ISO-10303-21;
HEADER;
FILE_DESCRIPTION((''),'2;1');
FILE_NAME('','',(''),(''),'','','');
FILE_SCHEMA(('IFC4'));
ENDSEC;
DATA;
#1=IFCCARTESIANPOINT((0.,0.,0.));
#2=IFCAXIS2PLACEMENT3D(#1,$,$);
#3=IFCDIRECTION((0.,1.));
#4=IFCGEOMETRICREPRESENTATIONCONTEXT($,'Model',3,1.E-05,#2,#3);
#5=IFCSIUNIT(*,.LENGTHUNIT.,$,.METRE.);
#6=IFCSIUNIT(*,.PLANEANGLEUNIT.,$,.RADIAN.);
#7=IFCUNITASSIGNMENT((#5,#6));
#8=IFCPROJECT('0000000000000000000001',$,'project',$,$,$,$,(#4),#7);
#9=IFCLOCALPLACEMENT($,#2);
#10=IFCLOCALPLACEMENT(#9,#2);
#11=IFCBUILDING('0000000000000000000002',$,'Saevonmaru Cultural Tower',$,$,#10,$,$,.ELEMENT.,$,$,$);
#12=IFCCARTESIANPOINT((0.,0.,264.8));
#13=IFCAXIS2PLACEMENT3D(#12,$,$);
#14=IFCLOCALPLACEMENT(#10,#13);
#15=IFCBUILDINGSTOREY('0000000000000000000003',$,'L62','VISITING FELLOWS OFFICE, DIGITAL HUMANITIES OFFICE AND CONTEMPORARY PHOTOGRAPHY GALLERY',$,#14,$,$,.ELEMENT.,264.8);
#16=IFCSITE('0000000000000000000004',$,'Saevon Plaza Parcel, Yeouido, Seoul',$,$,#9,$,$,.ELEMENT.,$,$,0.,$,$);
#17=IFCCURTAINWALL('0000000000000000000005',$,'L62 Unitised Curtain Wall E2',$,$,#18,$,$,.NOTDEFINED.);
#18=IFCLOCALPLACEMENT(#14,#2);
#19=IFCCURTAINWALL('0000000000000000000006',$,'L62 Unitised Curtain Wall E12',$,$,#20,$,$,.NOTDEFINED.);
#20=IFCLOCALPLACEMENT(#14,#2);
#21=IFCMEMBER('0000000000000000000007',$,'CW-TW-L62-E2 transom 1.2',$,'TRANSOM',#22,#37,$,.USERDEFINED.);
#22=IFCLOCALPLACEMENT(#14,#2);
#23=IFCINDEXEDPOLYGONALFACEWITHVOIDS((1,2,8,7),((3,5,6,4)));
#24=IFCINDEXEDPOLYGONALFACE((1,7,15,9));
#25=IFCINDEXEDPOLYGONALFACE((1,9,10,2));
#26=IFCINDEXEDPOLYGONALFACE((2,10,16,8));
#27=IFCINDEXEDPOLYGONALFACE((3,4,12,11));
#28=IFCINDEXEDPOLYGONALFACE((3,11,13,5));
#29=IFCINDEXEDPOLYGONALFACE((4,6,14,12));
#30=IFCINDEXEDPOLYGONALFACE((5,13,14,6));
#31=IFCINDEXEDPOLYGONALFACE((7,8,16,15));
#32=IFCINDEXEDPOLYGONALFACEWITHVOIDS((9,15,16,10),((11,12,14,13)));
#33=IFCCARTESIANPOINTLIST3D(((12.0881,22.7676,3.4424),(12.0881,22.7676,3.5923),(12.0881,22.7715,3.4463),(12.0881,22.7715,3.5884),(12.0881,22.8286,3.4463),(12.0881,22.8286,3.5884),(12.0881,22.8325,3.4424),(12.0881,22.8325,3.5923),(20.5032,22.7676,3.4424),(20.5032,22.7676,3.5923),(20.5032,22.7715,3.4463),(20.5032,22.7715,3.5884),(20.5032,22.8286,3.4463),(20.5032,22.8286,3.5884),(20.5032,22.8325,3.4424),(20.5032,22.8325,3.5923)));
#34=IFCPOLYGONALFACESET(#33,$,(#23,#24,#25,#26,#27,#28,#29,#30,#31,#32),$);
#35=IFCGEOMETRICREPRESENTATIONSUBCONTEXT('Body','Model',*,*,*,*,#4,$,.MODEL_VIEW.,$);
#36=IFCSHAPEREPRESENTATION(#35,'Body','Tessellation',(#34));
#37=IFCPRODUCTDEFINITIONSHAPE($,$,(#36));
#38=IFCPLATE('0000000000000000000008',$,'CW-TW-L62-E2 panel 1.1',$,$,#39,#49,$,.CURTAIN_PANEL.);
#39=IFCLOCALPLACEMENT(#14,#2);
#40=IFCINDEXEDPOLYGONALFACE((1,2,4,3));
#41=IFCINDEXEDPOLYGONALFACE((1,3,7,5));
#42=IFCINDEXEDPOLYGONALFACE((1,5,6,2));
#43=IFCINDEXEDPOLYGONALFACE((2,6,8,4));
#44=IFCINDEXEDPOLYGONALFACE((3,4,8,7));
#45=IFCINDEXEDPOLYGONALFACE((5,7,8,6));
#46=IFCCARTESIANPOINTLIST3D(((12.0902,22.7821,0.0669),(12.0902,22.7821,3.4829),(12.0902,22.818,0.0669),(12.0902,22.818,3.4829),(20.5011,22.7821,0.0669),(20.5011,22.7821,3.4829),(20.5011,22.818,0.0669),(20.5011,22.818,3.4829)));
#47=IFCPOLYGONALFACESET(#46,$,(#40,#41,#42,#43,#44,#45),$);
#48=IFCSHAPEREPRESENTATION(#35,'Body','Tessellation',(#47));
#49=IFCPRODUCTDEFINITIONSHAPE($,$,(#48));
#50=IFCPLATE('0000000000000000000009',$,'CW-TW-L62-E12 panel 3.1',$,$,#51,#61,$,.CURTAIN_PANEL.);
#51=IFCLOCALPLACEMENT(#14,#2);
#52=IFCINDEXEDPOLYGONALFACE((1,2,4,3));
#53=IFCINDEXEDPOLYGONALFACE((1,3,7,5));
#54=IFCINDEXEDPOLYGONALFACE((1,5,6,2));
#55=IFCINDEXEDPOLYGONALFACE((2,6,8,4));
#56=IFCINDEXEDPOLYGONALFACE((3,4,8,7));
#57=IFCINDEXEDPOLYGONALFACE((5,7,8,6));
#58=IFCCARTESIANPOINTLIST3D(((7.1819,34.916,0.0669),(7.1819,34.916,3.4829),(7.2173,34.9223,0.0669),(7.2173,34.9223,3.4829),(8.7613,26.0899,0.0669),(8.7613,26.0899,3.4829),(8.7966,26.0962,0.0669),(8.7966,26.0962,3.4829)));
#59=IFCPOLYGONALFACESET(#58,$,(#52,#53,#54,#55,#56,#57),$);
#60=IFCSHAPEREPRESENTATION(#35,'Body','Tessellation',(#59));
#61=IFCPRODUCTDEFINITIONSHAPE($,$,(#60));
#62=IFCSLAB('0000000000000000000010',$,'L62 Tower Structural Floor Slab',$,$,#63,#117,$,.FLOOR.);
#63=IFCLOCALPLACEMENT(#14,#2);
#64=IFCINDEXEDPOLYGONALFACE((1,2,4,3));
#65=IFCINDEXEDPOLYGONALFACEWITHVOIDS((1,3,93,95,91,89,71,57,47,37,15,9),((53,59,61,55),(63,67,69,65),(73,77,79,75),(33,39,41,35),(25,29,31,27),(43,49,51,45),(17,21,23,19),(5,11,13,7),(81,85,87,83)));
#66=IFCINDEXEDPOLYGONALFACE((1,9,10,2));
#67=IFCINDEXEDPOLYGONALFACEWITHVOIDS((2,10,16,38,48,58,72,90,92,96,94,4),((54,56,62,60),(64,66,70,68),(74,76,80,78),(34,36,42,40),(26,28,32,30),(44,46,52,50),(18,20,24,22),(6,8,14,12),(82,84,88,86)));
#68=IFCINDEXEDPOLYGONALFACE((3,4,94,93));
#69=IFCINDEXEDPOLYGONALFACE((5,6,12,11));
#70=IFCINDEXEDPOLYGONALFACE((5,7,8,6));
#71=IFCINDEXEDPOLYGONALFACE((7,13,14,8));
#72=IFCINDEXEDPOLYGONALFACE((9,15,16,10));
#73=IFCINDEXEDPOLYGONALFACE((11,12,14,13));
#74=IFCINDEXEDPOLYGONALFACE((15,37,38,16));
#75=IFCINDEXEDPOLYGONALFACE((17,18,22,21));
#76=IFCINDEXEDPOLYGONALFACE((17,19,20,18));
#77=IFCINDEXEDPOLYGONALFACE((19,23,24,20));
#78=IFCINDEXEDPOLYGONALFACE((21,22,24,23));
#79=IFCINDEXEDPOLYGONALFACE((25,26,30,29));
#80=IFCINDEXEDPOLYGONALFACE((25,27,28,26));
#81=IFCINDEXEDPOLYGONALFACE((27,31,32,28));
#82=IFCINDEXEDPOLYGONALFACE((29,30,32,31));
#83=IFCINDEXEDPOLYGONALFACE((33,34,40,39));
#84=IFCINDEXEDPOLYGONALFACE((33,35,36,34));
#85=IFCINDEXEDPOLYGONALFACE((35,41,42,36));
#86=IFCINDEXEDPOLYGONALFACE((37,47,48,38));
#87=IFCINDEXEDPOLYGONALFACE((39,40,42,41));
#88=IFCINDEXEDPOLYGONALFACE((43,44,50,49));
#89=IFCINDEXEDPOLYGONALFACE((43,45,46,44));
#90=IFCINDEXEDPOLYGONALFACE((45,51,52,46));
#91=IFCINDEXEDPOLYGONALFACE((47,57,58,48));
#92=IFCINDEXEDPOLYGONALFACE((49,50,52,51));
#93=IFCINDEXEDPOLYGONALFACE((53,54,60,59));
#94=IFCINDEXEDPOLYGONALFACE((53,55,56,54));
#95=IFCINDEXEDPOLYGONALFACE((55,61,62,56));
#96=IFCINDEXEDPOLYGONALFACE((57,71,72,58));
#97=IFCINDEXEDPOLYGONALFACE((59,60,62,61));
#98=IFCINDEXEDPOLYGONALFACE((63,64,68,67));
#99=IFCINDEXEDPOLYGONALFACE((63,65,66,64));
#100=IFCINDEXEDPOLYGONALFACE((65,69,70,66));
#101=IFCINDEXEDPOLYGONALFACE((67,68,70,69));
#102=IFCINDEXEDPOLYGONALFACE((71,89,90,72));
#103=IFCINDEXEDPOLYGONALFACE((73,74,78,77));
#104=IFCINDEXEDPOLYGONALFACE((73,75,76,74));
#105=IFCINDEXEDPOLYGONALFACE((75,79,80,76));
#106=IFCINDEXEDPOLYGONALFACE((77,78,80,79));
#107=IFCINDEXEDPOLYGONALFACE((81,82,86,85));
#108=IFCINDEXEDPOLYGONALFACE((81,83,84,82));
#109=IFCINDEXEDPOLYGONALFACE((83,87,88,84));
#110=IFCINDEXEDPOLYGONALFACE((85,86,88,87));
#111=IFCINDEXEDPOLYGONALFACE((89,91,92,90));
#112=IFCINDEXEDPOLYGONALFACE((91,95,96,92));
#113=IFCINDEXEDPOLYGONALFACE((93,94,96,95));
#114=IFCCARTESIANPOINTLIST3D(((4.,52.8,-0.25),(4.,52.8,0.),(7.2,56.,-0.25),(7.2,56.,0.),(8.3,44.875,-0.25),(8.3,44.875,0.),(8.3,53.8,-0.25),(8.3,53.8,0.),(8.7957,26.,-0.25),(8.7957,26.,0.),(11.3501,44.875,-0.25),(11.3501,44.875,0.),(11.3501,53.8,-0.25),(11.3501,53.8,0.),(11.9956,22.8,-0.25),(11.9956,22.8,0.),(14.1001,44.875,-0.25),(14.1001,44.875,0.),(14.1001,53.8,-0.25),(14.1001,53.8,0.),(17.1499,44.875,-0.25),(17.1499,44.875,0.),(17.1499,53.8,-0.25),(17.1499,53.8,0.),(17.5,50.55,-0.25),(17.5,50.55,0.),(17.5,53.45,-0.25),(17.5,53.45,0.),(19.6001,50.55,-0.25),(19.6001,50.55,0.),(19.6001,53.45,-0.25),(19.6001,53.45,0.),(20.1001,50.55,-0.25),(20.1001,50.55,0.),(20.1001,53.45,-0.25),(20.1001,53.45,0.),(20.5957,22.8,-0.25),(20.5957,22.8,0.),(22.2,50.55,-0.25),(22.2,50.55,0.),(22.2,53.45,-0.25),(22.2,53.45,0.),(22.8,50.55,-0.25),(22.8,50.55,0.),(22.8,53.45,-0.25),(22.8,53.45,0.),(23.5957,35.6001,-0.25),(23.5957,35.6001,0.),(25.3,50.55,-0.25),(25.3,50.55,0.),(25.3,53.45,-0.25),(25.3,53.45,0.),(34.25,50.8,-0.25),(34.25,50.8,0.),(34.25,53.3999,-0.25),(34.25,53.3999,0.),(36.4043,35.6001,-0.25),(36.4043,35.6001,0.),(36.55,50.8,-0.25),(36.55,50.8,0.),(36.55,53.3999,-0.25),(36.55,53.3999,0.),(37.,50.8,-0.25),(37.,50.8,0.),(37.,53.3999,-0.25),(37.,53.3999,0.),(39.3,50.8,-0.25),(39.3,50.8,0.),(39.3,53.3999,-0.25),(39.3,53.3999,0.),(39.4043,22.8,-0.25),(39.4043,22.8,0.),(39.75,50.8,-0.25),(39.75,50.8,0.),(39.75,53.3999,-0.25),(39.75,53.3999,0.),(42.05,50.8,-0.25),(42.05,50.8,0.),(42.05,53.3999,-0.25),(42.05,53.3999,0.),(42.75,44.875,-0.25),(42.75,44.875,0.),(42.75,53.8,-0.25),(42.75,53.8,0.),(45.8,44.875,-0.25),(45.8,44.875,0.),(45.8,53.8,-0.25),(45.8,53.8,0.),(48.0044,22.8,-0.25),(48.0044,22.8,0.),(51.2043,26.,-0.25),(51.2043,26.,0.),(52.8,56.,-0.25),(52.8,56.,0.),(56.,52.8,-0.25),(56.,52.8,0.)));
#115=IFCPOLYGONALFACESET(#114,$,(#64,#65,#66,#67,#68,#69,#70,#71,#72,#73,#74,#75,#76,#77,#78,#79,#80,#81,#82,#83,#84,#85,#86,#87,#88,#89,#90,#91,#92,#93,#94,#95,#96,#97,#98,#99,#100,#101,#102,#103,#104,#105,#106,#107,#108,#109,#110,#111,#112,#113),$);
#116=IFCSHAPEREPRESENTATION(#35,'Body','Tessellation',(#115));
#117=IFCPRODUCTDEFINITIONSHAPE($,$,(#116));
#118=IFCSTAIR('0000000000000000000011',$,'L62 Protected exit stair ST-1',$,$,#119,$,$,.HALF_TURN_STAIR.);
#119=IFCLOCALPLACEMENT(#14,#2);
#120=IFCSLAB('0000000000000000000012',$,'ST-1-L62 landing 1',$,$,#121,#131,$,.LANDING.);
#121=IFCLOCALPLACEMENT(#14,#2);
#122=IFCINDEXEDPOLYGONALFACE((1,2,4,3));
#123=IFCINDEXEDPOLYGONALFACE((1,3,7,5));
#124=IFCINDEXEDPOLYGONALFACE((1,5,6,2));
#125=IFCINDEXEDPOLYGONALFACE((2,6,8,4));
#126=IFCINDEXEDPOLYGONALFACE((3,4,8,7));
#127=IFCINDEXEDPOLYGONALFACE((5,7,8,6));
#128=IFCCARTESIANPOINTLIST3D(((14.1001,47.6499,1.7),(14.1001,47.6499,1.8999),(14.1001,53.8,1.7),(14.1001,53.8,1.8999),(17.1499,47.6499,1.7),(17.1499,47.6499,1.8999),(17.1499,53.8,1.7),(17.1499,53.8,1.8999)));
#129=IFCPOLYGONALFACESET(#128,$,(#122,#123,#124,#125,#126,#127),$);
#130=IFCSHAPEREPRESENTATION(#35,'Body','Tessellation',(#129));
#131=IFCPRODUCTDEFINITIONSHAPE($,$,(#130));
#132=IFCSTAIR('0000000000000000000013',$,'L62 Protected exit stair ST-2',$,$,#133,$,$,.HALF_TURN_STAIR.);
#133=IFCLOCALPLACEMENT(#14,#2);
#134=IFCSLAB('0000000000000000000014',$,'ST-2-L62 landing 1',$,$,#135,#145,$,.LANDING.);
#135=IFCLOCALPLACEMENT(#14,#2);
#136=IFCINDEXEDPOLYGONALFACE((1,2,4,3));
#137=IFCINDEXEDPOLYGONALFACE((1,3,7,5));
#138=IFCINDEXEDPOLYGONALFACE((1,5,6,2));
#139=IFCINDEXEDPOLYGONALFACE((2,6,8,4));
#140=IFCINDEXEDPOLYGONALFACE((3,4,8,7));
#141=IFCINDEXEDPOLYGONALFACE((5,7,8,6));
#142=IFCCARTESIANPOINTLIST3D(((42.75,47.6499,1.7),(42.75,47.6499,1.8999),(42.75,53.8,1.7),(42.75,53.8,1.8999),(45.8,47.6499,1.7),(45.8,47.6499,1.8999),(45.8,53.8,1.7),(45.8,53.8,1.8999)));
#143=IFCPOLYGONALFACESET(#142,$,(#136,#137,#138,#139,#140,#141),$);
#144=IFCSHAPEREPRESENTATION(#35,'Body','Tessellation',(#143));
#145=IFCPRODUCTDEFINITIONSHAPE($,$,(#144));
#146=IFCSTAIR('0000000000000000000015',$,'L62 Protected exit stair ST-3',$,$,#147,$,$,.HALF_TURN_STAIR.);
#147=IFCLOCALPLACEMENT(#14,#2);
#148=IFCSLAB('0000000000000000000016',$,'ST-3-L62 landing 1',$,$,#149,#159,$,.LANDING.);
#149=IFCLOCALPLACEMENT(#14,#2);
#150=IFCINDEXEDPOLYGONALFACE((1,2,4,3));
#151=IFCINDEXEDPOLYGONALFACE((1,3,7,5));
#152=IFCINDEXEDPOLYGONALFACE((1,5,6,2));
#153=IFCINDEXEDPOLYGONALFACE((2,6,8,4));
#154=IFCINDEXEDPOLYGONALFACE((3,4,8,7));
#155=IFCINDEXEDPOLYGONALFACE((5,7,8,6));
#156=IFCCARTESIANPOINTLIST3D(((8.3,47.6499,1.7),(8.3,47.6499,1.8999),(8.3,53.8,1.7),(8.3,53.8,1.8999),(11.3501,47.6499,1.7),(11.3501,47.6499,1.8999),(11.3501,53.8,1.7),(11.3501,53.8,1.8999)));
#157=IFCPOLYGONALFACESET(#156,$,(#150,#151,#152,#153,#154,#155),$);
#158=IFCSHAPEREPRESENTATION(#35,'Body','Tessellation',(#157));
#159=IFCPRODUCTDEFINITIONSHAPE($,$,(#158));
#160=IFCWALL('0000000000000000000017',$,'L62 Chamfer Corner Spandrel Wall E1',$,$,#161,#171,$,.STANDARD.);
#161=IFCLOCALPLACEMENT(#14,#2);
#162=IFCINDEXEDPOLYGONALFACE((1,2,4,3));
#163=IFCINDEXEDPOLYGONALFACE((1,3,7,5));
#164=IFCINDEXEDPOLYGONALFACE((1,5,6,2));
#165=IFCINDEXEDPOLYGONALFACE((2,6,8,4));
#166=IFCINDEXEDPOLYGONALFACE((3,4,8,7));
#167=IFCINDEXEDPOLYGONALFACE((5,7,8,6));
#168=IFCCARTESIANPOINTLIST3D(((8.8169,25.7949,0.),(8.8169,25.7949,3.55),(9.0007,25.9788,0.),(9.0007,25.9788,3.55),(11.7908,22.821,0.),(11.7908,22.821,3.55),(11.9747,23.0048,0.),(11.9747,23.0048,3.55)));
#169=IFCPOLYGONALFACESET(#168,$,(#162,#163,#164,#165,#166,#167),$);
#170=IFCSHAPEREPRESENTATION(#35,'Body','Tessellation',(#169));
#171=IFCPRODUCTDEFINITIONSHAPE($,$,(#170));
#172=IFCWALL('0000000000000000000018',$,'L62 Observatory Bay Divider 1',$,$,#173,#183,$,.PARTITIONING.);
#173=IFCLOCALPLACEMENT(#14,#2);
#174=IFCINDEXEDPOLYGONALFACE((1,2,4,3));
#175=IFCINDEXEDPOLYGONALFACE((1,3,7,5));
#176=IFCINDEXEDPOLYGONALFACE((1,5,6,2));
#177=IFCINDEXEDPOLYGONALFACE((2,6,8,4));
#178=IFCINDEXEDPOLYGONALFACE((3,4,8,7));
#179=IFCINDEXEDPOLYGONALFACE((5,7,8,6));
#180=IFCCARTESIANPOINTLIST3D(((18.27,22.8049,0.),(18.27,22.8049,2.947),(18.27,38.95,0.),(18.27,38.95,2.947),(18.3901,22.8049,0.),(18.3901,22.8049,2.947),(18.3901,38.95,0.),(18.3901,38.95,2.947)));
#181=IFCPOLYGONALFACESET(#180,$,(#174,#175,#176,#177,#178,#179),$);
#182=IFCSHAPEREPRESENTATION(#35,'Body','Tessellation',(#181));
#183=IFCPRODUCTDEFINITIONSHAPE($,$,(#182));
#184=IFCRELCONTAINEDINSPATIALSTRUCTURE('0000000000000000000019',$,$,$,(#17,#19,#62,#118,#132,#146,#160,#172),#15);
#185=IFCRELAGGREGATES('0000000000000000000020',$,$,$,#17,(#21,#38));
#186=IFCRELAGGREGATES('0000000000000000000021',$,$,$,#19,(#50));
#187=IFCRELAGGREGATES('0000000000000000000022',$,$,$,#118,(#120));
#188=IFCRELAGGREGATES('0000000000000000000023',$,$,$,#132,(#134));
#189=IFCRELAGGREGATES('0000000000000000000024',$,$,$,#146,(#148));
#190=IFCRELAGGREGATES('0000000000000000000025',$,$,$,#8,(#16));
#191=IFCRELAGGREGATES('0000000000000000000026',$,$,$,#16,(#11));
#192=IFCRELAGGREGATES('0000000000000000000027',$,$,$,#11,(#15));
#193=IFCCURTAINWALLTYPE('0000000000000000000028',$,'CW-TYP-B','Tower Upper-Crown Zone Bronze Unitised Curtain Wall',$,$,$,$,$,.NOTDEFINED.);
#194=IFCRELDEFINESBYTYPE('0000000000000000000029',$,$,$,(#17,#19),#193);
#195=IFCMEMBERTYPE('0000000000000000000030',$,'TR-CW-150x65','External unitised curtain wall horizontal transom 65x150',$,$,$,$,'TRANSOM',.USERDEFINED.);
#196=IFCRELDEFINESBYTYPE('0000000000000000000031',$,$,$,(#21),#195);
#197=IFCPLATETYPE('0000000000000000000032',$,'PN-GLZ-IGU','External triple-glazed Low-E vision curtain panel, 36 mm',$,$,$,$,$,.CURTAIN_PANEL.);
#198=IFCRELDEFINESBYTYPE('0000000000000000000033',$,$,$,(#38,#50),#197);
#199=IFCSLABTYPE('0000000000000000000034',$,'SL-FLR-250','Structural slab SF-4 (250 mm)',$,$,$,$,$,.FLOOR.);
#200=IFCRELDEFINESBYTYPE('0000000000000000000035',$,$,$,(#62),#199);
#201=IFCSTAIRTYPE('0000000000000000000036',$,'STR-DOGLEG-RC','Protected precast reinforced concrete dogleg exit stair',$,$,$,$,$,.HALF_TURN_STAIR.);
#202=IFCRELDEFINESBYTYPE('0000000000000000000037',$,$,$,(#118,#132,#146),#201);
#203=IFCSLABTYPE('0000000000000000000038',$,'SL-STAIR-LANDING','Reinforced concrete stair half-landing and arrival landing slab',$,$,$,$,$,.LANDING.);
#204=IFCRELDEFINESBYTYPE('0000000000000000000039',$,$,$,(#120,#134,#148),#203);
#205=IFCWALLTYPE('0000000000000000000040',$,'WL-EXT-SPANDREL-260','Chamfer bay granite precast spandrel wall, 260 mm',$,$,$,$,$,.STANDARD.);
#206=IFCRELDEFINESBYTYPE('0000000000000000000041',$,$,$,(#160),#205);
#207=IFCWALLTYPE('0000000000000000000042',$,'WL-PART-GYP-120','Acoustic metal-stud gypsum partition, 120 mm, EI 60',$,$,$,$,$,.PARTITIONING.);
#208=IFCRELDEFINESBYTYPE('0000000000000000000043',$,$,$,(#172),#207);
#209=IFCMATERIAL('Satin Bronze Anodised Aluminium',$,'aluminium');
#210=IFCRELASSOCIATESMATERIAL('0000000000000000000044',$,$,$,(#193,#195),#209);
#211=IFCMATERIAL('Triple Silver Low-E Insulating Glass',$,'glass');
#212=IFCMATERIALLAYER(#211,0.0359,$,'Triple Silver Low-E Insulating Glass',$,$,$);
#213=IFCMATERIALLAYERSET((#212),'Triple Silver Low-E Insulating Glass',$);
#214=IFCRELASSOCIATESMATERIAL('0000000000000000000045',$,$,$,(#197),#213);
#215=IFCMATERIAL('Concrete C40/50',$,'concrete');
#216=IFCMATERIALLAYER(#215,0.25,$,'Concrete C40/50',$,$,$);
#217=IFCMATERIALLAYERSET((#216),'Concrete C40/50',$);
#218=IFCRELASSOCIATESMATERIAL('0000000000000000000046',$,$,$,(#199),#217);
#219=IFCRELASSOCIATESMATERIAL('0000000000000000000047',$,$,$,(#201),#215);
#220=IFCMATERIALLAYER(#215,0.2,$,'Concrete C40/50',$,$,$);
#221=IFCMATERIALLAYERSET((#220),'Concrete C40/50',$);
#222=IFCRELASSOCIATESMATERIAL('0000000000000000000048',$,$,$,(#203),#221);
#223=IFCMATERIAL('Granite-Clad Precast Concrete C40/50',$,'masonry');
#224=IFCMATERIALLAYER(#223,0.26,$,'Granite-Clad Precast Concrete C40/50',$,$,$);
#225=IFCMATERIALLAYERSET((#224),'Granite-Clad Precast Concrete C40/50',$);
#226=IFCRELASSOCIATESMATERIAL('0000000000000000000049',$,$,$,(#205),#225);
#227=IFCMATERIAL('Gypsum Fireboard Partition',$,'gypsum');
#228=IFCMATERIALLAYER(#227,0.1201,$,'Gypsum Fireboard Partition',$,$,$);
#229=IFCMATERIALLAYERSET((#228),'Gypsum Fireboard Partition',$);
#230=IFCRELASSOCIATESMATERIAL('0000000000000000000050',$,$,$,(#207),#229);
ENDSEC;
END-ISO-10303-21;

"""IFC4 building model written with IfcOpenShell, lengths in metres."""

from ifc_helpers import new_model, si_unit, direction, frame, frame_2d, origin, origin_2d, place, context, subcontext, project, spatial, polyline, rectangle, hollow_rectangle, outline, extrude, material, layer, layer_set, material_profile, profile_set, type_object, element, aggregate, save


model = new_model("IFC4")

# Units and contexts
model_context = context("Model", 3, precision=1e-05, world=origin(), true_north=direction((0.0, 1.0)))
body_context = subcontext(model_context, "Body", "Model", "MODEL_VIEW")
ifc_project = project(units=[si_unit("LENGTHUNIT", "METRE"), si_unit("PLANEANGLEUNIT", "RADIAN")], contexts=[model_context])

# Site, building, storey
site_placement = place(None, origin())
site = spatial("IfcSite", under=ifc_project, at=site_placement, Name="Saevon Plaza Parcel, Yeouido, Seoul", CompositionType="ELEMENT", RefElevation=0.0)
building_placement = place(site_placement, origin())
building = spatial("IfcBuilding", under=site, at=building_placement, Name="Saevonmaru Cultural Tower", CompositionType="ELEMENT")
storey_placement = place(building_placement, frame((0.0, 0.0, 264.8)))
storey = spatial("IfcBuildingStorey", under=building, at=storey_placement, Name="L62", Description="VISITING FELLOWS OFFICE, DIGITAL HUMANITIES OFFICE AND CONTEMPORARY PHOTOGRAPHY GALLERY", CompositionType="ELEMENT", Elevation=264.8)

# Curtain wall
ifc_material_1 = material(Name="Satin Bronze Anodised Aluminium", Category="aluminium")
curtain_wall_type = type_object("IfcCurtainWallType", Name="CW-TYP-B", Description="Tower Upper-Crown Zone Bronze Unitised Curtain Wall", PredefinedType="NOTDEFINED", material=ifc_material_1)
curtain_wall_1_placement = place(storey_placement, origin())
curtain_wall_1 = element("IfcCurtainWall", 1, at=curtain_wall_1_placement, inside=storey, type_object=curtain_wall_type, Name="L62 Unitised Curtain Wall E2", PredefinedType="NOTDEFINED")

# Curtain wall
curtain_wall_2_placement = place(storey_placement, origin())
curtain_wall_2 = element("IfcCurtainWall", 2, at=curtain_wall_2_placement, inside=storey, type_object=curtain_wall_type, Name="L62 Unitised Curtain Wall E12", PredefinedType="NOTDEFINED")

# Member
ifc_material_profile_1 = material_profile(ifc_material_1, hollow_rectangle(XDim=0.0649, YDim=0.1499, WallThickness=0.0039, at=origin_2d()), Name="ALU-TRAN-150x65x4")
ifc_profile_set_1 = profile_set([ifc_material_profile_1], Name="Satin Bronze Anodised Aluminium")
member_type_1 = type_object("IfcMemberType", Name="TR-CW-150x65", Description="External unitised curtain wall horizontal transom 65x150", ElementType="TRANSOM", PredefinedType="USERDEFINED", material=ifc_profile_set_1)
member_1_placement = place(storey_placement, frame((12.0881, 22.8, 3.5173), z_axis=(1.0, 0.0, 0.0), x_axis=(0.0, 1.0, 0.0)))
member_1 = element("IfcMember", 3, at=member_1_placement, type_object=member_type_1, Name="CW-TW-L62-E2 transom 1.2", ObjectType="TRANSOM", PredefinedType="USERDEFINED", context=body_context, shape_type="SweptSolid", body=[
    extrude(hollow_rectangle(XDim=0.0649, YDim=0.1499, WallThickness=0.0039, at=origin_2d()), origin(), (0.0, 0.0, 1.0), 8.415),
])

# Plates
ifc_material_2 = material(Name="Triple Silver Low-E Insulating Glass", Category="glass")
ifc_layer_1 = layer(ifc_material_2, 0.0359, Name="Triple Silver Low-E Insulating Glass")
ifc_layer_set_1 = layer_set([ifc_layer_1], Name="Triple Silver Low-E Insulating Glass")
plate_type = type_object("IfcPlateType", Name="PN-GLZ-IGU", Description="External triple-glazed Low-E vision curtain panel, 36 mm", PredefinedType="CURTAIN_PANEL", material=ifc_layer_set_1)
plate_1_placement = place(storey_placement, frame((16.2957, 22.8, 0.0669), z_axis=(0.0, 0.0, 1.0), x_axis=(1.0, 0.0, 0.0)))
plate_1 = element("IfcPlate", 4, at=plate_1_placement, type_object=plate_type, Name="CW-TW-L62-E2 panel 1.1", PredefinedType="CURTAIN_PANEL", context=body_context, shape_type="SweptSolid", body=[
    extrude(rectangle(XDim=8.4109, YDim=0.0359, at=origin_2d()), origin(), (0.0, 0.0, 1.0), 3.416),
])
aggregate(curtain_wall_1, [member_1, plate_1])
plate_2_placement = place(storey_placement, frame((7.9893, 30.5061, 0.0669), z_axis=(0.0, 0.0, 1.0), x_axis=(0.176141, -0.984365, 0.0)))
plate_2 = element("IfcPlate", 5, at=plate_2_placement, type_object=plate_type, Name="CW-TW-L62-E12 panel 3.1", PredefinedType="CURTAIN_PANEL", context=body_context, shape_type="SweptSolid", body=[
    extrude(rectangle(XDim=8.9663, YDim=0.0359, at=origin_2d()), origin(), (0.0, 0.0, 1.0), 3.416),
])
aggregate(curtain_wall_2, [plate_2])

# Slab
ifc_material_3 = material(Name="Concrete C40/50", Category="concrete")
ifc_layer_2 = layer(ifc_material_3, 0.25, Name="Concrete C40/50")
ifc_layer_set_2 = layer_set([ifc_layer_2], Name="Concrete C40/50")
slab_type_1 = type_object("IfcSlabType", Name="SL-FLR-250", Description="Structural slab SF-4 (250 mm)", PredefinedType="FLOOR", material=ifc_layer_set_2)
slab_1_placement = place(storey_placement, frame((0.0, 0.0, -0.25)))
element("IfcSlab", 6, at=slab_1_placement, inside=storey, type_object=slab_type_1, Name="L62 Tower Structural Floor Slab", PredefinedType="FLOOR", context=body_context, shape_type="SweptSolid", body=[
    extrude(outline(polyline([(8.7957, 26.0), (11.9956, 22.8), (20.5957, 22.8), (23.5957, 35.6001), (36.4043, 35.6001), (39.4043, 22.8), (48.0044, 22.8), (51.2043, 26.0), (56.0, 52.8), (52.8, 56.0), (7.2, 56.0), (4.0, 52.8), (8.7957, 26.0)]), holes=[polyline([(45.8, 53.8), (45.8, 44.875), (42.75, 44.875), (42.75, 53.8), (45.8, 53.8)]), polyline([(39.75, 50.8), (39.75, 53.3999), (42.05, 53.3999), (42.05, 50.8), (39.75, 50.8)]), polyline([(37.0, 50.8), (37.0, 53.3999), (39.3, 53.3999), (39.3, 50.8), (37.0, 50.8)]), polyline([(36.55, 50.8), (34.25, 50.8), (34.25, 53.3999), (36.55, 53.3999), (36.55, 50.8)]), polyline([(25.3, 50.55), (22.8, 50.55), (22.8, 53.45), (25.3, 53.45), (25.3, 50.55)]), polyline([(22.2, 50.55), (20.1001, 50.55), (20.1001, 53.45), (22.2, 53.45), (22.2, 50.55)]), polyline([(19.6001, 50.55), (17.5, 50.55), (17.5, 53.45), (19.6001, 53.45), (19.6001, 50.55)]), polyline([(17.1499, 53.8), (17.1499, 44.875), (14.1001, 44.875), (14.1001, 53.8), (17.1499, 53.8)]), polyline([(11.3501, 53.8), (11.3501, 44.875), (8.3, 44.875), (8.3, 53.8), (11.3501, 53.8)])]), origin(), (0.0, 0.0, 1.0), 0.25),
])

# Stairs, slabs
stair_type = type_object("IfcStairType", Name="STR-DOGLEG-RC", Description="Protected precast reinforced concrete dogleg exit stair", PredefinedType="HALF_TURN_STAIR", material=ifc_material_3)
stair_1_placement = place(storey_placement, origin())
stair_1 = element("IfcStair", 7, at=stair_1_placement, inside=storey, type_object=stair_type, Name="L62 Protected exit stair ST-1", PredefinedType="HALF_TURN_STAIR")
ifc_layer_3 = layer(ifc_material_3, 0.2, Name="Concrete C40/50")
ifc_layer_set_3 = layer_set([ifc_layer_3], Name="Concrete C40/50")
slab_type_2 = type_object("IfcSlabType", Name="SL-STAIR-LANDING", Description="Reinforced concrete stair half-landing and arrival landing slab", PredefinedType="LANDING", material=ifc_layer_set_3)
slab_2_placement = place(storey_placement, frame((0.0, 0.0, 1.7)))
slab_2 = element("IfcSlab", 8, at=slab_2_placement, type_object=slab_type_2, Name="ST-1-L62 landing 1", PredefinedType="LANDING", context=body_context, shape_type="SweptSolid", body=[
    extrude(outline(polyline([(17.1499, 47.6499), (17.1499, 53.8), (14.1001, 53.8), (14.1001, 47.6499), (17.1499, 47.6499)])), origin(), (0.0, 0.0, 1.0), 0.2),
])
aggregate(stair_1, [slab_2])
stair_2_placement = place(storey_placement, origin())
stair_2 = element("IfcStair", 9, at=stair_2_placement, inside=storey, type_object=stair_type, Name="L62 Protected exit stair ST-2", PredefinedType="HALF_TURN_STAIR")
slab_3_placement = place(storey_placement, frame((0.0, 0.0, 1.7)))
slab_3 = element("IfcSlab", 10, at=slab_3_placement, type_object=slab_type_2, Name="ST-2-L62 landing 1", PredefinedType="LANDING", context=body_context, shape_type="SweptSolid", body=[
    extrude(outline(polyline([(45.8, 47.6499), (45.8, 53.8), (42.75, 53.8), (42.75, 47.6499), (45.8, 47.6499)])), origin(), (0.0, 0.0, 1.0), 0.2),
])
aggregate(stair_2, [slab_3])
stair_3_placement = place(storey_placement, origin())
stair_3 = element("IfcStair", 11, at=stair_3_placement, inside=storey, type_object=stair_type, Name="L62 Protected exit stair ST-3", PredefinedType="HALF_TURN_STAIR")
slab_4_placement = place(storey_placement, frame((0.0, 0.0, 1.7)))
slab_4 = element("IfcSlab", 12, at=slab_4_placement, type_object=slab_type_2, Name="ST-3-L62 landing 1", PredefinedType="LANDING", context=body_context, shape_type="SweptSolid", body=[
    extrude(outline(polyline([(11.3501, 47.6499), (11.3501, 53.8), (8.3, 53.8), (8.3, 47.6499), (11.3501, 47.6499)])), origin(), (0.0, 0.0, 1.0), 0.2),
])
aggregate(stair_3, [slab_4])

# Walls
ifc_material_4 = material(Name="Granite-Clad Precast Concrete C40/50", Category="masonry")
ifc_layer_4 = layer(ifc_material_4, 0.26, Name="Granite-Clad Precast Concrete C40/50")
ifc_layer_set_4 = layer_set([ifc_layer_4], Name="Granite-Clad Precast Concrete C40/50")
wall_type_1 = type_object("IfcWallType", Name="WL-EXT-SPANDREL-260", Description="Chamfer bay granite precast spandrel wall, 260 mm", PredefinedType="STANDARD", material=ifc_layer_set_4)
wall_1_placement = place(storey_placement, frame((8.9087, 25.887, 0.0), z_axis=(0.0, 0.0, 1.0), x_axis=(0.707107, -0.707107, 0.0)))
element("IfcWall", 13, at=wall_1_placement, inside=storey, type_object=wall_type_1, Name="L62 Chamfer Corner Spandrel Wall E1", PredefinedType="STANDARD", context=body_context, shape_type="SweptSolid", body=[
    extrude(rectangle(XDim=4.2058, YDim=0.26, at=frame_2d((2.103, 0.0))), origin(), (0.0, 0.0, 1.0), 3.55),
])
ifc_material_5 = material(Name="Gypsum Fireboard Partition", Category="gypsum")
ifc_layer_5 = layer(ifc_material_5, 0.1201, Name="Gypsum Fireboard Partition")
ifc_layer_set_5 = layer_set([ifc_layer_5], Name="Gypsum Fireboard Partition")
wall_type_2 = type_object("IfcWallType", Name="WL-PART-GYP-120", Description="Acoustic metal-stud gypsum partition, 120 mm, EI 60", PredefinedType="PARTITIONING", material=ifc_layer_set_5)
wall_2_placement = place(storey_placement, frame((18.3301, 22.8049, 0.0), z_axis=(0.0, 0.0, 1.0), x_axis=(0.0, 1.0, 0.0)))
element("IfcWall", 14, at=wall_2_placement, inside=storey, type_object=wall_type_2, Name="L62 Observatory Bay Divider 1", PredefinedType="PARTITIONING", context=body_context, shape_type="SweptSolid", body=[
    extrude(rectangle(XDim=16.145, YDim=0.1201, at=frame_2d((8.0725, 0.0))), origin(), (0.0, 0.0, 1.0), 2.947),
])

save(model, "model.ifc")
